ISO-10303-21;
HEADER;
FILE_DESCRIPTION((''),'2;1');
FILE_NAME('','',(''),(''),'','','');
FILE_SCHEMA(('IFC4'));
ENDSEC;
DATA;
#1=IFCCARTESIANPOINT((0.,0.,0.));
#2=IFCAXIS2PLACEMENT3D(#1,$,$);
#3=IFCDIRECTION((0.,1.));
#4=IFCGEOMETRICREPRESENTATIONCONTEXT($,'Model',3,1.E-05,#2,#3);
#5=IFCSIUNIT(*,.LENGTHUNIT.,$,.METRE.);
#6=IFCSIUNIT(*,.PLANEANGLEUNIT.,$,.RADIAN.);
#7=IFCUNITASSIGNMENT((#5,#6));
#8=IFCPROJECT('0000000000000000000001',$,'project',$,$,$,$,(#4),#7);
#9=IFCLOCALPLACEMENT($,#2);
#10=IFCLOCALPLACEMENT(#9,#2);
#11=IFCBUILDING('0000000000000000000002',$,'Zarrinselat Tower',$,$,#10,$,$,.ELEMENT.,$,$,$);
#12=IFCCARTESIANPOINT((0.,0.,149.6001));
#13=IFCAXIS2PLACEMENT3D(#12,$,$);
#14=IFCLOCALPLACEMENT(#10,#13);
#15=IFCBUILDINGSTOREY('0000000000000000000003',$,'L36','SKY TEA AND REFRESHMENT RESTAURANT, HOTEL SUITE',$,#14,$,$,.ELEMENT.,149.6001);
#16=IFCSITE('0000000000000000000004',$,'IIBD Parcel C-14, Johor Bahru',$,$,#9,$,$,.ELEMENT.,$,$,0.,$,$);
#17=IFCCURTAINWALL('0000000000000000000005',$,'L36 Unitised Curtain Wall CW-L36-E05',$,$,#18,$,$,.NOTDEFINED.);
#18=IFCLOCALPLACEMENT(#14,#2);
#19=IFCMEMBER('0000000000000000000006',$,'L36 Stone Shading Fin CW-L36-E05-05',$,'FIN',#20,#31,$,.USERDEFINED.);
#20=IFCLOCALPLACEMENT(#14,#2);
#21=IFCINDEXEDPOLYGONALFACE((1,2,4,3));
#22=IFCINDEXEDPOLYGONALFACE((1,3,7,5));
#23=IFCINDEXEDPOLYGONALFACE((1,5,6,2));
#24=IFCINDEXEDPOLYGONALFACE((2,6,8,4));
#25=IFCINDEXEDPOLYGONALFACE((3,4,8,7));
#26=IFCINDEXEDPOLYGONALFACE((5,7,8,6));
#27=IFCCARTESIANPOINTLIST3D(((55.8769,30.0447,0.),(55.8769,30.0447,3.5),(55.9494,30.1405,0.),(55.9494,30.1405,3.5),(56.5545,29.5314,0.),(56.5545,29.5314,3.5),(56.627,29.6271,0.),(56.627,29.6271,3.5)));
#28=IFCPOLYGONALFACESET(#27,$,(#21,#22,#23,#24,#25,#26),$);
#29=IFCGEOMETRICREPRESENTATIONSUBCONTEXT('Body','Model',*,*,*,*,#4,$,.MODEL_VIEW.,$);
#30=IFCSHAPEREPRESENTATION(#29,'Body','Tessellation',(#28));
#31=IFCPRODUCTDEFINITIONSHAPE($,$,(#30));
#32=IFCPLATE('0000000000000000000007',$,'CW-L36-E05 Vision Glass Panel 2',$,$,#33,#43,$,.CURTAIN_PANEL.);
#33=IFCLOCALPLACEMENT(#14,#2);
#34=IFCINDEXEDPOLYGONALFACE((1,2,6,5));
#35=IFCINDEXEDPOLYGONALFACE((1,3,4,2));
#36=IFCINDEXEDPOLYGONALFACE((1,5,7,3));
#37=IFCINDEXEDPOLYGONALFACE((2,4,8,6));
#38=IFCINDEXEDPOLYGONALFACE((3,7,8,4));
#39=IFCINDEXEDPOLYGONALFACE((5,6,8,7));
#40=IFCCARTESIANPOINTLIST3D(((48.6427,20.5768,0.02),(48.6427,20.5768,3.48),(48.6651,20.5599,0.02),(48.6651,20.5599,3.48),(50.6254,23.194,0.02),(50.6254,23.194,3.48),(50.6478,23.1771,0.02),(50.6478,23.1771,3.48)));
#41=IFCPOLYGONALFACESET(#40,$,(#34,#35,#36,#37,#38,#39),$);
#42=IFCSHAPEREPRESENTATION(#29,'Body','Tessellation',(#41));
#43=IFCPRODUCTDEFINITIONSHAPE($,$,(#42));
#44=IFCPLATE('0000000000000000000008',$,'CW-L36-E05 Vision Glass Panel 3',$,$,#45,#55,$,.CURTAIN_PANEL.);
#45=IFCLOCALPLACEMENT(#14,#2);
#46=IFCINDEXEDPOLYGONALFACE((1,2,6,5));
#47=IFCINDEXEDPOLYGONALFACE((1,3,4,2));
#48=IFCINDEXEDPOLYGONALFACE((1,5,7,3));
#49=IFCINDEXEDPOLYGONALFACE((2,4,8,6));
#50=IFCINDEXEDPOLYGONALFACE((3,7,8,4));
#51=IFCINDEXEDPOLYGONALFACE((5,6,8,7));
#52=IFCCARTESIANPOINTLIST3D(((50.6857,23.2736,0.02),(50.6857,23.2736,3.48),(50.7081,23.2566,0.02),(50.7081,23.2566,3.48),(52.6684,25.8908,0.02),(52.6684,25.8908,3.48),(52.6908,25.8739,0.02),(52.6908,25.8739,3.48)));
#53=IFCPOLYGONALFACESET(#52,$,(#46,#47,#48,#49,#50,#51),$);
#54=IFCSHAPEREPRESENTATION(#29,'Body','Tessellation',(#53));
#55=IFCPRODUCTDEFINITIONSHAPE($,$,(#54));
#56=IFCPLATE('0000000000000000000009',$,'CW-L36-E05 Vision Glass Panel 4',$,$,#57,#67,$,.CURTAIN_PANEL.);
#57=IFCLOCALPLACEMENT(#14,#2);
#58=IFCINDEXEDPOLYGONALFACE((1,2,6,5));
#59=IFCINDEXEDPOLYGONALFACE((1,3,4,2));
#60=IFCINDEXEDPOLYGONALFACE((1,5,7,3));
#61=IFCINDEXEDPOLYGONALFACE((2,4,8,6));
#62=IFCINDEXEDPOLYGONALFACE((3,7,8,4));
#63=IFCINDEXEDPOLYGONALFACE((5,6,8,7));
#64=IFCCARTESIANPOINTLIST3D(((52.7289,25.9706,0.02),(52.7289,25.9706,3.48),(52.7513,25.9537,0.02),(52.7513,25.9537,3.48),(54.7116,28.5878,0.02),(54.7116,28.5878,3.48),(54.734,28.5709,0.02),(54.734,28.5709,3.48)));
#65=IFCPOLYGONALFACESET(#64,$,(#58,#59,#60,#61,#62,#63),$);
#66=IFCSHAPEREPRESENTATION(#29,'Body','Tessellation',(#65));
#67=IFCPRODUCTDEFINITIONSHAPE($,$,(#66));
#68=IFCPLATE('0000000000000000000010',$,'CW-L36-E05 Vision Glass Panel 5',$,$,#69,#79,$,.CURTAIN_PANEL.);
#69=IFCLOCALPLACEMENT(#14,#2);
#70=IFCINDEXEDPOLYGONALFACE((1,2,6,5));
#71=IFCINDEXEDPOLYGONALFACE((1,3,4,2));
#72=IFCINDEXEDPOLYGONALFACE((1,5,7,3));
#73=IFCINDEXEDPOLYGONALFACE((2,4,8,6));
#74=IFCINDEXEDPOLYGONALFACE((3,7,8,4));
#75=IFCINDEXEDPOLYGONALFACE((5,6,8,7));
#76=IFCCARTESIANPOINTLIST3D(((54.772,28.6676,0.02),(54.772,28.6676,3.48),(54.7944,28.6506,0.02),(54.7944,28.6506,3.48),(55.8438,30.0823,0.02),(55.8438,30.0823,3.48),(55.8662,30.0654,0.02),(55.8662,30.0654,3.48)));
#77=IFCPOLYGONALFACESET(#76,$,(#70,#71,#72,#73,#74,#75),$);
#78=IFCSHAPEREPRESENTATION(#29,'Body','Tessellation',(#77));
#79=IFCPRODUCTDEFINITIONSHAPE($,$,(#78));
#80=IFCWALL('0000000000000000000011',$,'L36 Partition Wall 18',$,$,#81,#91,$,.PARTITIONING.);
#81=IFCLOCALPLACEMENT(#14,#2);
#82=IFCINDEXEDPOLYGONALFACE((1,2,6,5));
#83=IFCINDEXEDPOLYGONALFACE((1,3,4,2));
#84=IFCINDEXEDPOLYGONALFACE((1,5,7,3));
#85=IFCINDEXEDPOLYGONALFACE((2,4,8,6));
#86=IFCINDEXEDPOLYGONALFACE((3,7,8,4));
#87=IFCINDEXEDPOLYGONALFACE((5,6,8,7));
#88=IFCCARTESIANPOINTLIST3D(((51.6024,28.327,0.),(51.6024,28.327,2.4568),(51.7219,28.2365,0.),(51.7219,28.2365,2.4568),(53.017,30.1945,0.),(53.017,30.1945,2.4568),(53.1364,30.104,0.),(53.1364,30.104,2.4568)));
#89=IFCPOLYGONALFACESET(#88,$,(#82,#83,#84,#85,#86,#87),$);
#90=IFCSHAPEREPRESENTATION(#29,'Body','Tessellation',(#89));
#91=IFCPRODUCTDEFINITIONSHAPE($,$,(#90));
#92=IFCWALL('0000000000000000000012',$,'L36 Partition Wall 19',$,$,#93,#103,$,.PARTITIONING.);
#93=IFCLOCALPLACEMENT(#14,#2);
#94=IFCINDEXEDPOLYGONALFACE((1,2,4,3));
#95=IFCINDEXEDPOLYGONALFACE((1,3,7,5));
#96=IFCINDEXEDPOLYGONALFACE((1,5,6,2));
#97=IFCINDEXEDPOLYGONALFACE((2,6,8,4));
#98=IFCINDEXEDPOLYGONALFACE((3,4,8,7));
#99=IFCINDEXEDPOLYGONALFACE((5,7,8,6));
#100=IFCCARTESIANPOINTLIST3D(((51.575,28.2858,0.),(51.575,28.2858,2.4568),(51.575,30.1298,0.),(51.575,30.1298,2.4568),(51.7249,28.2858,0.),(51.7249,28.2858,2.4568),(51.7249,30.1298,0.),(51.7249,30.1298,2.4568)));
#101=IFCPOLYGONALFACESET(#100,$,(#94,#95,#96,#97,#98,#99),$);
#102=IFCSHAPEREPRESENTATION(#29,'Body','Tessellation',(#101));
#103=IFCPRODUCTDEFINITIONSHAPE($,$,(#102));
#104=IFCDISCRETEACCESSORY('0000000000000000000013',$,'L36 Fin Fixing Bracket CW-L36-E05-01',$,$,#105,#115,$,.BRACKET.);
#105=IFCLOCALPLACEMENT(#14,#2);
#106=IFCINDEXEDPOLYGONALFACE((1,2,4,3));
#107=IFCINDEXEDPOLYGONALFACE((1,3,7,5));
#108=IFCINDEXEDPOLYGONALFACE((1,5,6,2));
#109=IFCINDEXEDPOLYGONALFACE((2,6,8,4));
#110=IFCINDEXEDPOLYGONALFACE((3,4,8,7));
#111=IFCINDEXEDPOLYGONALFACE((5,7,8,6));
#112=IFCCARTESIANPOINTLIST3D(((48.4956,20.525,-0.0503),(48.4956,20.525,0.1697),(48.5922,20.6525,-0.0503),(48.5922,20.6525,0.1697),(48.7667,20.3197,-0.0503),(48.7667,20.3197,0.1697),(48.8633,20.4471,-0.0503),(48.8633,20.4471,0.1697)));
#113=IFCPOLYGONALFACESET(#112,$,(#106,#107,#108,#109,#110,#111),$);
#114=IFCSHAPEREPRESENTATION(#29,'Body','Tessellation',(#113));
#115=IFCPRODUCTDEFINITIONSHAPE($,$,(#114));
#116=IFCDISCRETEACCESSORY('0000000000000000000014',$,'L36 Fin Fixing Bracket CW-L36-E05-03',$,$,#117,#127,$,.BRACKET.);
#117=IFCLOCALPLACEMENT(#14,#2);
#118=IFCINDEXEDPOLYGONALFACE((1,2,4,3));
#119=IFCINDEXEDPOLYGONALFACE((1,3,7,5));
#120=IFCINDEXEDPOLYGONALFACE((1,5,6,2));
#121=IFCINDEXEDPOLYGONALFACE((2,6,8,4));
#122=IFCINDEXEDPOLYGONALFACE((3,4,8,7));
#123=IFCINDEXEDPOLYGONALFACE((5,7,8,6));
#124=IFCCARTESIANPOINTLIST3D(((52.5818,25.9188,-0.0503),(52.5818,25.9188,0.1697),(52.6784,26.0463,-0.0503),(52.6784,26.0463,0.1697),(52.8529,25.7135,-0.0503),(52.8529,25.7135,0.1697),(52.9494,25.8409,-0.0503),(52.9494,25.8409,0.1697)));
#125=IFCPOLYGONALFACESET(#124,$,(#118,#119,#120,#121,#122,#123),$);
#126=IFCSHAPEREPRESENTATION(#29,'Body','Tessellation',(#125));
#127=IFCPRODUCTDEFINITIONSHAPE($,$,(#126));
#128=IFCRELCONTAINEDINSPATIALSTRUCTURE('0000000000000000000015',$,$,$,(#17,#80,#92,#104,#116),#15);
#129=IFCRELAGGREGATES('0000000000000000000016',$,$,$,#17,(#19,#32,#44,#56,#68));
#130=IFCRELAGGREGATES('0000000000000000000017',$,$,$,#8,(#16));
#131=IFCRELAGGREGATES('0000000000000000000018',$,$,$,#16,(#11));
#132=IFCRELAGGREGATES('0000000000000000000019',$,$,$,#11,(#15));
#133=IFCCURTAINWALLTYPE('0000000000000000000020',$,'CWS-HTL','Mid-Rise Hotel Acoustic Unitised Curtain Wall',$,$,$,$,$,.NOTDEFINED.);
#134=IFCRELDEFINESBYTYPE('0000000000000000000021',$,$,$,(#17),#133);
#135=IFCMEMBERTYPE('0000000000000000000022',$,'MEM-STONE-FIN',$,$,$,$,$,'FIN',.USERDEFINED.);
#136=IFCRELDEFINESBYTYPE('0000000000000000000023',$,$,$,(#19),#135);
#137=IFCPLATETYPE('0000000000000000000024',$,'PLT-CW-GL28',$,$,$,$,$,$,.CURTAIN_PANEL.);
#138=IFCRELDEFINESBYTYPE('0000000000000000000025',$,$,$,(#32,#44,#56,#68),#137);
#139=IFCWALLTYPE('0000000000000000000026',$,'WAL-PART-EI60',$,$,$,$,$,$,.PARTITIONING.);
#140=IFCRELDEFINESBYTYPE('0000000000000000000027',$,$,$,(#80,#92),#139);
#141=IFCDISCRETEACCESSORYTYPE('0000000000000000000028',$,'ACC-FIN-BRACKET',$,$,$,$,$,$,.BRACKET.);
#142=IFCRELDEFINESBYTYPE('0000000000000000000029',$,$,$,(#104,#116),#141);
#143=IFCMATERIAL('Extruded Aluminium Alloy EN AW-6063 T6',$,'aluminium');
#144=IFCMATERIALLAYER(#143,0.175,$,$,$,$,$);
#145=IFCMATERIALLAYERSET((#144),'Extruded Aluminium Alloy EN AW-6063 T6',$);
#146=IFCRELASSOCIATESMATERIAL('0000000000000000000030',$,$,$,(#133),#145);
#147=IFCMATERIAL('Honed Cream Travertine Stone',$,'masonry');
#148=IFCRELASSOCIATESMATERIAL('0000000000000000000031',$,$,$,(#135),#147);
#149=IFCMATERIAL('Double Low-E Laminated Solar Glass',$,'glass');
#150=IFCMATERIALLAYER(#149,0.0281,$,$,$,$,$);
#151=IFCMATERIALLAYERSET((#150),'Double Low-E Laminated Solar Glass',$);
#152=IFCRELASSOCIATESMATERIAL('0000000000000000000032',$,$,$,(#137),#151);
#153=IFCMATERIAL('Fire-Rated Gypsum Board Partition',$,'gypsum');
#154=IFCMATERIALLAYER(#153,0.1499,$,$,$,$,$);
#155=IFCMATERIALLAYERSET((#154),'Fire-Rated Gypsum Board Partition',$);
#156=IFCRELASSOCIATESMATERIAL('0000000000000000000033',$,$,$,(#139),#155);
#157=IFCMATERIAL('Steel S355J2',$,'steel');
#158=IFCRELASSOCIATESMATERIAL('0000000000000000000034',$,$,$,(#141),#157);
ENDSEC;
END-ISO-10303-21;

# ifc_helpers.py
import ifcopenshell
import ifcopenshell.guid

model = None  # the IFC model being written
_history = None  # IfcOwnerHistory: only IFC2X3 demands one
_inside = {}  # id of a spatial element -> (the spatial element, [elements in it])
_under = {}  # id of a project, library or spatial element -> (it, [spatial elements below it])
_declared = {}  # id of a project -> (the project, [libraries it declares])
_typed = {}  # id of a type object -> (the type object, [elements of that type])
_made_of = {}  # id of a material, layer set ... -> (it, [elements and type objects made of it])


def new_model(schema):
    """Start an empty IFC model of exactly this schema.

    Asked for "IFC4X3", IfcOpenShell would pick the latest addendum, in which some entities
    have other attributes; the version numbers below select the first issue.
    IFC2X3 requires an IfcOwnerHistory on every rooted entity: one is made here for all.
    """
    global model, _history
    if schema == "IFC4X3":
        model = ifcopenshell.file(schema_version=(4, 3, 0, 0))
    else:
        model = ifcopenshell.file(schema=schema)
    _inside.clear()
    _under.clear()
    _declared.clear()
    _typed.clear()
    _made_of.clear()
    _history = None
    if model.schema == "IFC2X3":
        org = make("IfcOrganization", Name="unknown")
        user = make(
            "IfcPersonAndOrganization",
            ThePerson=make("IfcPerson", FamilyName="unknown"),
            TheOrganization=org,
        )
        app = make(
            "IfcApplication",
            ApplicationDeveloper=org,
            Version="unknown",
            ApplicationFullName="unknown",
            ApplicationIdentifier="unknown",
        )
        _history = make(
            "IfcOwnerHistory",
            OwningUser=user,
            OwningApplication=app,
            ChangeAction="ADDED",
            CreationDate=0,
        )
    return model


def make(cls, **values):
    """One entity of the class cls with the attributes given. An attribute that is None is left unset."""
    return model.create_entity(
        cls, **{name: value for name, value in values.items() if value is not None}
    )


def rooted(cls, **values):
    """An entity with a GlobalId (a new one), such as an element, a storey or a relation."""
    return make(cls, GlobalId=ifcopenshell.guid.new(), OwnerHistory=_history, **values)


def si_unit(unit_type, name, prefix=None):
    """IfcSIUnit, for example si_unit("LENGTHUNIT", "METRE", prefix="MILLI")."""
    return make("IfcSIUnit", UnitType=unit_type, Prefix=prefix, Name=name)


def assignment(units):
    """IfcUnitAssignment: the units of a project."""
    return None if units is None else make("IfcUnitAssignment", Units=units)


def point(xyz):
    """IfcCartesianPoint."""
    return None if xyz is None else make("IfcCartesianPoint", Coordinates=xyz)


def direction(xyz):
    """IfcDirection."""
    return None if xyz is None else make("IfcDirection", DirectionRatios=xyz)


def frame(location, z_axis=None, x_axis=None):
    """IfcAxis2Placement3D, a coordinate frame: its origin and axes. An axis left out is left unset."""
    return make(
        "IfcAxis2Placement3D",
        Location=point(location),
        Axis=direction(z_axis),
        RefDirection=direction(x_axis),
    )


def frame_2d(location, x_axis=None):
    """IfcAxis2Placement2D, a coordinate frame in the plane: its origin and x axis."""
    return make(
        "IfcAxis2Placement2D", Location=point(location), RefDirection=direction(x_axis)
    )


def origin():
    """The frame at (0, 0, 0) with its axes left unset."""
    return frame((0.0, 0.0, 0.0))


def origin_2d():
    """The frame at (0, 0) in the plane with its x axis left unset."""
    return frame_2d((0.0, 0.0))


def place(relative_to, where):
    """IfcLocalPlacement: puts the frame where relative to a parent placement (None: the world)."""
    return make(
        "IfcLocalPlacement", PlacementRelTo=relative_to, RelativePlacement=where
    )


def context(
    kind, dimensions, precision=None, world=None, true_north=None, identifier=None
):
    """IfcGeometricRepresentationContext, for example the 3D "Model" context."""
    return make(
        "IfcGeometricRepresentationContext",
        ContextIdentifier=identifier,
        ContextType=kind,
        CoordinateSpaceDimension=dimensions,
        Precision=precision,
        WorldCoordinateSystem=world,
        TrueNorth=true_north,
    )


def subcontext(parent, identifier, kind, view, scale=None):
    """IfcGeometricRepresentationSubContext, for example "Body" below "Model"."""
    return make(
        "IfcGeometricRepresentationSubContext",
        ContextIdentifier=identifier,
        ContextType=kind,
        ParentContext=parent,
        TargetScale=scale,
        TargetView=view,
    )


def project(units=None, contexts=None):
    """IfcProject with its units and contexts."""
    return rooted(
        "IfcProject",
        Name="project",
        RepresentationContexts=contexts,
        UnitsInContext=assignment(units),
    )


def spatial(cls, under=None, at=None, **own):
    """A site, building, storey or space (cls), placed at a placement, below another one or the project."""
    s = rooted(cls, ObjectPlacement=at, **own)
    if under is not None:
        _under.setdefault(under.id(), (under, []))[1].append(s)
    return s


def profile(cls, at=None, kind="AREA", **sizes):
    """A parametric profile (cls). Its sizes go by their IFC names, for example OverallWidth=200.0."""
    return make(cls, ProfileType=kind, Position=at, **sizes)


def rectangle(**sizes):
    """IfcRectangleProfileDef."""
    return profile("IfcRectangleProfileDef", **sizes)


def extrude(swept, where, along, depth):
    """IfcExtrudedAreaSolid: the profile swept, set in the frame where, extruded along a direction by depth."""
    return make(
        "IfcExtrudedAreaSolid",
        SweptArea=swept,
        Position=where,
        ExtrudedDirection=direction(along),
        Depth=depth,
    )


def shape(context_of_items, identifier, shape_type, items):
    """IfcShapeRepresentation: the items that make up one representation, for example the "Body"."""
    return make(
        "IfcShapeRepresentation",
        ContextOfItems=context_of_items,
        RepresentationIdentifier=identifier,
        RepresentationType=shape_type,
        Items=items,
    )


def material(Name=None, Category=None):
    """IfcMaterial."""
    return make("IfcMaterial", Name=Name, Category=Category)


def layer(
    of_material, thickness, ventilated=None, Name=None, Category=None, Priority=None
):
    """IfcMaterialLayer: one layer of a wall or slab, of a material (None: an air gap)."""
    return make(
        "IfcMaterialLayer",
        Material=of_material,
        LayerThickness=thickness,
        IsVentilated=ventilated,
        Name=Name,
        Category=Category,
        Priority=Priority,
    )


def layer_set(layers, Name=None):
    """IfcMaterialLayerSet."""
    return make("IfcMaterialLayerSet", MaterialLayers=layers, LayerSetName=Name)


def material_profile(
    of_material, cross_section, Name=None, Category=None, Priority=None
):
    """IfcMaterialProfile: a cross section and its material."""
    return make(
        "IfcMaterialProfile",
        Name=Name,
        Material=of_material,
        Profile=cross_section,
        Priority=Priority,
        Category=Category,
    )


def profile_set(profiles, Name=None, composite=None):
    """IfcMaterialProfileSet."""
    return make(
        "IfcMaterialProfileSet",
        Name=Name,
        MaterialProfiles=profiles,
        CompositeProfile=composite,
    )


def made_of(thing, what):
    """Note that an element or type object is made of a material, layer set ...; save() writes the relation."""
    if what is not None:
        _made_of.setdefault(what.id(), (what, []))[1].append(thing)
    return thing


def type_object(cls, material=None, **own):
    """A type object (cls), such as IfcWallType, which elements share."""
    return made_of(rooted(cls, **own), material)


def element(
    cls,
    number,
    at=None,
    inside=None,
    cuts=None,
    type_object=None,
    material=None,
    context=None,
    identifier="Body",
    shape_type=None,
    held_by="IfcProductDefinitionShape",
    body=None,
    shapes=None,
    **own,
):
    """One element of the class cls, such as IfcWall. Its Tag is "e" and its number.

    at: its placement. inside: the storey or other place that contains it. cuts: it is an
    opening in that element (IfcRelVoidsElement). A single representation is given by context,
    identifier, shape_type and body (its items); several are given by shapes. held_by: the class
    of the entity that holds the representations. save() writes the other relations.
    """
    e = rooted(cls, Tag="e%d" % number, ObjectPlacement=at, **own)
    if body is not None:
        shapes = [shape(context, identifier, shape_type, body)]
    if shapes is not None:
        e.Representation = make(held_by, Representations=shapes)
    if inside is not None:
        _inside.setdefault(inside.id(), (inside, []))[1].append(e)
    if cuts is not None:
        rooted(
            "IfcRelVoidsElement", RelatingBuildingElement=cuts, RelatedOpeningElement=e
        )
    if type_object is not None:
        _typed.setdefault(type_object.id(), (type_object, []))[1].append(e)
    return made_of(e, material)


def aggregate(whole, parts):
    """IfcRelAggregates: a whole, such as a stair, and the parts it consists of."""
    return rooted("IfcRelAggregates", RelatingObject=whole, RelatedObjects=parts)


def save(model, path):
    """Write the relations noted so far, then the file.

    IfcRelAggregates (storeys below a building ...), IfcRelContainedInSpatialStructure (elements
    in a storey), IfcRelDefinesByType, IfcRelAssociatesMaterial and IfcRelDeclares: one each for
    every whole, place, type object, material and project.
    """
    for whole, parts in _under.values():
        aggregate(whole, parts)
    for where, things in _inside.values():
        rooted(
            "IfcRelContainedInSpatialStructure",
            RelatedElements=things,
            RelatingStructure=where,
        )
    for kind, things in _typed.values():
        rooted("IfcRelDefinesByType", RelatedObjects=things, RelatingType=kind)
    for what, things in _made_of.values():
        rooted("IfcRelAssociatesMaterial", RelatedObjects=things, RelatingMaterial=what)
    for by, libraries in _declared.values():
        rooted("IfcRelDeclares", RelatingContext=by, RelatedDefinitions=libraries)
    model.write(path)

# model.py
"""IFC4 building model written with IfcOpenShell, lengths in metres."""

from ifc_helpers import new_model, si_unit, direction, frame, frame_2d, origin, origin_2d, place, context, subcontext, project, spatial, rectangle, extrude, material, layer, layer_set, material_profile, profile_set, type_object, element, aggregate, save


model = new_model("IFC4")

# Units and contexts
model_context = context("Model", 3, precision=1e-05, world=origin(), true_north=direction((0.0, 1.0)))
body_context = subcontext(model_context, "Body", "Model", "MODEL_VIEW")
ifc_project = project(units=[si_unit("LENGTHUNIT", "METRE"), si_unit("PLANEANGLEUNIT", "RADIAN")], contexts=[model_context])

# Site, building, storey
site_placement = place(None, origin())
site = spatial("IfcSite", under=ifc_project, at=site_placement, Name="IIBD Parcel C-14, Johor Bahru", CompositionType="ELEMENT", RefElevation=0.0)
building_placement = place(site_placement, origin())
building = spatial("IfcBuilding", under=site, at=building_placement, Name="Zarrinselat Tower", CompositionType="ELEMENT")
storey_placement = place(building_placement, frame((0.0, 0.0, 149.6001)))
storey = spatial("IfcBuildingStorey", under=building, at=storey_placement, Name="L36", Description="SKY TEA AND REFRESHMENT RESTAURANT, HOTEL SUITE", CompositionType="ELEMENT", Elevation=149.6001)

# Curtain wall, member, plates
ifc_material_1 = material(Name="Extruded Aluminium Alloy EN AW-6063 T6", Category="aluminium")
ifc_layer_1 = layer(ifc_material_1, 0.175)
ifc_layer_set_1 = layer_set([ifc_layer_1], Name="Extruded Aluminium Alloy EN AW-6063 T6")
curtain_wall_type = type_object("IfcCurtainWallType", Name="CWS-HTL", Description="Mid-Rise Hotel Acoustic Unitised Curtain Wall", PredefinedType="NOTDEFINED", material=ifc_layer_set_1)
curtain_wall_placement = place(storey_placement, origin())
curtain_wall = element("IfcCurtainWall", 1, at=curtain_wall_placement, inside=storey, type_object=curtain_wall_type, Name="L36 Unitised Curtain Wall CW-L36-E05", PredefinedType="NOTDEFINED")
ifc_material_2 = material(Name="Honed Cream Travertine Stone", Category="masonry")
ifc_material_profile_1 = material_profile(ifc_material_2, rectangle(XDim=0.1201, YDim=0.8501, at=origin_2d()), Name="FIN 850x120")
ifc_profile_set_1 = profile_set([ifc_material_profile_1], Name="Honed Cream Travertine Stone")
member_type_1 = type_object("IfcMemberType", Name="MEM-STONE-FIN", ElementType="FIN", PredefinedType="USERDEFINED", material=ifc_profile_set_1)
member_1_placement = place(storey_placement, frame((56.252, 29.8359, 0.0), z_axis=(0.0, 0.0, 1.0), x_axis=(-0.603858, -0.797092, 0.0)))
member_1 = element("IfcMember", 2, at=member_1_placement, type_object=member_type_1, Name="L36 Stone Shading Fin CW-L36-E05-05", ObjectType="FIN", PredefinedType="USERDEFINED", context=body_context, shape_type="SweptSolid", body=[
    extrude(rectangle(XDim=0.1201, YDim=0.8501, at=origin_2d()), origin(), (0.0, 0.0, 1.0), 3.5),
])
ifc_material_3 = material(Name="Double Low-E Laminated Solar Glass", Category="glass")
ifc_layer_2 = layer(ifc_material_3, 0.0281)
ifc_layer_set_2 = layer_set([ifc_layer_2], Name="Double Low-E Laminated Solar Glass")
plate_type = type_object("IfcPlateType", Name="PLT-CW-GL28", PredefinedType="CURTAIN_PANEL", material=ifc_layer_set_2)
plate_1_placement = place(storey_placement, frame((49.6453, 21.877, 0.02), z_axis=(0.0, 0.0, 1.0), x_axis=(0.603858, 0.797092, 0.0)))
plate_1 = element("IfcPlate", 3, at=plate_1_placement, type_object=plate_type, Name="CW-L36-E05 Vision Glass Panel 2", PredefinedType="CURTAIN_PANEL", context=body_context, shape_type="SweptSolid", body=[
    extrude(rectangle(XDim=3.2834, YDim=0.0281, at=origin_2d()), origin(), (0.0, 0.0, 1.0), 3.46),
])
plate_2_placement = place(storey_placement, frame((51.6882, 24.5737, 0.02), z_axis=(0.0, 0.0, 1.0), x_axis=(0.603858, 0.797092, 0.0)))
plate_2 = element("IfcPlate", 4, at=plate_2_placement, type_object=plate_type, Name="CW-L36-E05 Vision Glass Panel 3", PredefinedType="CURTAIN_PANEL", context=body_context, shape_type="SweptSolid", body=[
    extrude(rectangle(XDim=3.2834, YDim=0.0281, at=origin_2d()), origin(), (0.0, 0.0, 1.0), 3.46),
])
plate_3_placement = place(storey_placement, frame((53.7314, 27.2708, 0.02), z_axis=(0.0, 0.0, 1.0), x_axis=(0.603858, 0.797092, 0.0)))
plate_3 = element("IfcPlate", 5, at=plate_3_placement, type_object=plate_type, Name="CW-L36-E05 Vision Glass Panel 4", PredefinedType="CURTAIN_PANEL", context=body_context, shape_type="SweptSolid", body=[
    extrude(rectangle(XDim=3.2834, YDim=0.0281, at=origin_2d()), origin(), (0.0, 0.0, 1.0), 3.46),
])
plate_4_placement = place(storey_placement, frame((55.3191, 29.3665, 0.02), z_axis=(0.0, 0.0, 1.0), x_axis=(0.603858, 0.797092, 0.0)))
plate_4 = element("IfcPlate", 6, at=plate_4_placement, type_object=plate_type, Name="CW-L36-E05 Vision Glass Panel 5", PredefinedType="CURTAIN_PANEL", context=body_context, shape_type="SweptSolid", body=[
    extrude(rectangle(XDim=1.7749, YDim=0.0281, at=origin_2d()), origin(), (0.0, 0.0, 1.0), 3.46),
])
aggregate(curtain_wall, [member_1, plate_1, plate_2, plate_3, plate_4])

# Walls
ifc_material_4 = material(Name="Fire-Rated Gypsum Board Partition", Category="gypsum")
ifc_layer_3 = layer(ifc_material_4, 0.1499)
ifc_layer_set_3 = layer_set([ifc_layer_3], Name="Fire-Rated Gypsum Board Partition")
wall_type = type_object("IfcWallType", Name="WAL-PART-EI60", PredefinedType="PARTITIONING", material=ifc_layer_set_3)
wall_1_placement = place(storey_placement, frame((51.6621, 28.2817, 0.0), z_axis=(0.0, 0.0, 1.0), x_axis=(0.603812, 0.797127, 0.0)))
element("IfcWall", 7, at=wall_1_placement, inside=storey, type_object=wall_type, Name="L36 Partition Wall 18", PredefinedType="PARTITIONING", context=body_context, shape_type="SweptSolid", body=[
    extrude(rectangle(XDim=2.3428, YDim=0.1499, at=frame_2d((1.1714, 0.0))), origin(), (0.0, 0.0, 1.0), 2.4568),
])
wall_2_placement = place(storey_placement, frame((51.6499, 28.2859, 0.0), z_axis=(0.0, 0.0, 1.0), x_axis=(0.0, 1.0, 0.0)))
element("IfcWall", 8, at=wall_2_placement, inside=storey, type_object=wall_type, Name="L36 Partition Wall 19", PredefinedType="PARTITIONING", context=body_context, shape_type="SweptSolid", body=[
    extrude(rectangle(XDim=1.844, YDim=0.1499, at=frame_2d((0.9219, 0.0))), origin(), (0.0, 0.0, 1.0), 2.4568),
])

# Discrete accessories
ifc_material_5 = material(Name="Steel S355J2", Category="steel")
discrete_accessory_type = type_object("IfcDiscreteAccessoryType", Name="ACC-FIN-BRACKET", PredefinedType="BRACKET", material=ifc_material_5)
for number, where, z_axis, x_axis, name in (
    (9, (48.6794, 20.4861, -0.0503), (0.0, 0.0, 1.0), (0.797092, -0.603858, 0.0), "L36 Fin Fixing Bracket CW-L36-E05-01"),
    (10, (52.7656, 25.8799, -0.0503), (0.0, 0.0, 1.0), (0.797092, -0.603858, 0.0), "L36 Fin Fixing Bracket CW-L36-E05-03"),
):
    element("IfcDiscreteAccessory", number, at=place(storey_placement, frame(where, z_axis=z_axis, x_axis=x_axis)), inside=storey, type_object=discrete_accessory_type, Name=name, PredefinedType="BRACKET", context=body_context, shape_type="SweptSolid", body=[
        extrude(rectangle(XDim=0.3401, YDim=0.1599, at=origin_2d()), origin(), (0.0, 0.0, 1.0), 0.22),
    ])

save(model, "model.ifc")
